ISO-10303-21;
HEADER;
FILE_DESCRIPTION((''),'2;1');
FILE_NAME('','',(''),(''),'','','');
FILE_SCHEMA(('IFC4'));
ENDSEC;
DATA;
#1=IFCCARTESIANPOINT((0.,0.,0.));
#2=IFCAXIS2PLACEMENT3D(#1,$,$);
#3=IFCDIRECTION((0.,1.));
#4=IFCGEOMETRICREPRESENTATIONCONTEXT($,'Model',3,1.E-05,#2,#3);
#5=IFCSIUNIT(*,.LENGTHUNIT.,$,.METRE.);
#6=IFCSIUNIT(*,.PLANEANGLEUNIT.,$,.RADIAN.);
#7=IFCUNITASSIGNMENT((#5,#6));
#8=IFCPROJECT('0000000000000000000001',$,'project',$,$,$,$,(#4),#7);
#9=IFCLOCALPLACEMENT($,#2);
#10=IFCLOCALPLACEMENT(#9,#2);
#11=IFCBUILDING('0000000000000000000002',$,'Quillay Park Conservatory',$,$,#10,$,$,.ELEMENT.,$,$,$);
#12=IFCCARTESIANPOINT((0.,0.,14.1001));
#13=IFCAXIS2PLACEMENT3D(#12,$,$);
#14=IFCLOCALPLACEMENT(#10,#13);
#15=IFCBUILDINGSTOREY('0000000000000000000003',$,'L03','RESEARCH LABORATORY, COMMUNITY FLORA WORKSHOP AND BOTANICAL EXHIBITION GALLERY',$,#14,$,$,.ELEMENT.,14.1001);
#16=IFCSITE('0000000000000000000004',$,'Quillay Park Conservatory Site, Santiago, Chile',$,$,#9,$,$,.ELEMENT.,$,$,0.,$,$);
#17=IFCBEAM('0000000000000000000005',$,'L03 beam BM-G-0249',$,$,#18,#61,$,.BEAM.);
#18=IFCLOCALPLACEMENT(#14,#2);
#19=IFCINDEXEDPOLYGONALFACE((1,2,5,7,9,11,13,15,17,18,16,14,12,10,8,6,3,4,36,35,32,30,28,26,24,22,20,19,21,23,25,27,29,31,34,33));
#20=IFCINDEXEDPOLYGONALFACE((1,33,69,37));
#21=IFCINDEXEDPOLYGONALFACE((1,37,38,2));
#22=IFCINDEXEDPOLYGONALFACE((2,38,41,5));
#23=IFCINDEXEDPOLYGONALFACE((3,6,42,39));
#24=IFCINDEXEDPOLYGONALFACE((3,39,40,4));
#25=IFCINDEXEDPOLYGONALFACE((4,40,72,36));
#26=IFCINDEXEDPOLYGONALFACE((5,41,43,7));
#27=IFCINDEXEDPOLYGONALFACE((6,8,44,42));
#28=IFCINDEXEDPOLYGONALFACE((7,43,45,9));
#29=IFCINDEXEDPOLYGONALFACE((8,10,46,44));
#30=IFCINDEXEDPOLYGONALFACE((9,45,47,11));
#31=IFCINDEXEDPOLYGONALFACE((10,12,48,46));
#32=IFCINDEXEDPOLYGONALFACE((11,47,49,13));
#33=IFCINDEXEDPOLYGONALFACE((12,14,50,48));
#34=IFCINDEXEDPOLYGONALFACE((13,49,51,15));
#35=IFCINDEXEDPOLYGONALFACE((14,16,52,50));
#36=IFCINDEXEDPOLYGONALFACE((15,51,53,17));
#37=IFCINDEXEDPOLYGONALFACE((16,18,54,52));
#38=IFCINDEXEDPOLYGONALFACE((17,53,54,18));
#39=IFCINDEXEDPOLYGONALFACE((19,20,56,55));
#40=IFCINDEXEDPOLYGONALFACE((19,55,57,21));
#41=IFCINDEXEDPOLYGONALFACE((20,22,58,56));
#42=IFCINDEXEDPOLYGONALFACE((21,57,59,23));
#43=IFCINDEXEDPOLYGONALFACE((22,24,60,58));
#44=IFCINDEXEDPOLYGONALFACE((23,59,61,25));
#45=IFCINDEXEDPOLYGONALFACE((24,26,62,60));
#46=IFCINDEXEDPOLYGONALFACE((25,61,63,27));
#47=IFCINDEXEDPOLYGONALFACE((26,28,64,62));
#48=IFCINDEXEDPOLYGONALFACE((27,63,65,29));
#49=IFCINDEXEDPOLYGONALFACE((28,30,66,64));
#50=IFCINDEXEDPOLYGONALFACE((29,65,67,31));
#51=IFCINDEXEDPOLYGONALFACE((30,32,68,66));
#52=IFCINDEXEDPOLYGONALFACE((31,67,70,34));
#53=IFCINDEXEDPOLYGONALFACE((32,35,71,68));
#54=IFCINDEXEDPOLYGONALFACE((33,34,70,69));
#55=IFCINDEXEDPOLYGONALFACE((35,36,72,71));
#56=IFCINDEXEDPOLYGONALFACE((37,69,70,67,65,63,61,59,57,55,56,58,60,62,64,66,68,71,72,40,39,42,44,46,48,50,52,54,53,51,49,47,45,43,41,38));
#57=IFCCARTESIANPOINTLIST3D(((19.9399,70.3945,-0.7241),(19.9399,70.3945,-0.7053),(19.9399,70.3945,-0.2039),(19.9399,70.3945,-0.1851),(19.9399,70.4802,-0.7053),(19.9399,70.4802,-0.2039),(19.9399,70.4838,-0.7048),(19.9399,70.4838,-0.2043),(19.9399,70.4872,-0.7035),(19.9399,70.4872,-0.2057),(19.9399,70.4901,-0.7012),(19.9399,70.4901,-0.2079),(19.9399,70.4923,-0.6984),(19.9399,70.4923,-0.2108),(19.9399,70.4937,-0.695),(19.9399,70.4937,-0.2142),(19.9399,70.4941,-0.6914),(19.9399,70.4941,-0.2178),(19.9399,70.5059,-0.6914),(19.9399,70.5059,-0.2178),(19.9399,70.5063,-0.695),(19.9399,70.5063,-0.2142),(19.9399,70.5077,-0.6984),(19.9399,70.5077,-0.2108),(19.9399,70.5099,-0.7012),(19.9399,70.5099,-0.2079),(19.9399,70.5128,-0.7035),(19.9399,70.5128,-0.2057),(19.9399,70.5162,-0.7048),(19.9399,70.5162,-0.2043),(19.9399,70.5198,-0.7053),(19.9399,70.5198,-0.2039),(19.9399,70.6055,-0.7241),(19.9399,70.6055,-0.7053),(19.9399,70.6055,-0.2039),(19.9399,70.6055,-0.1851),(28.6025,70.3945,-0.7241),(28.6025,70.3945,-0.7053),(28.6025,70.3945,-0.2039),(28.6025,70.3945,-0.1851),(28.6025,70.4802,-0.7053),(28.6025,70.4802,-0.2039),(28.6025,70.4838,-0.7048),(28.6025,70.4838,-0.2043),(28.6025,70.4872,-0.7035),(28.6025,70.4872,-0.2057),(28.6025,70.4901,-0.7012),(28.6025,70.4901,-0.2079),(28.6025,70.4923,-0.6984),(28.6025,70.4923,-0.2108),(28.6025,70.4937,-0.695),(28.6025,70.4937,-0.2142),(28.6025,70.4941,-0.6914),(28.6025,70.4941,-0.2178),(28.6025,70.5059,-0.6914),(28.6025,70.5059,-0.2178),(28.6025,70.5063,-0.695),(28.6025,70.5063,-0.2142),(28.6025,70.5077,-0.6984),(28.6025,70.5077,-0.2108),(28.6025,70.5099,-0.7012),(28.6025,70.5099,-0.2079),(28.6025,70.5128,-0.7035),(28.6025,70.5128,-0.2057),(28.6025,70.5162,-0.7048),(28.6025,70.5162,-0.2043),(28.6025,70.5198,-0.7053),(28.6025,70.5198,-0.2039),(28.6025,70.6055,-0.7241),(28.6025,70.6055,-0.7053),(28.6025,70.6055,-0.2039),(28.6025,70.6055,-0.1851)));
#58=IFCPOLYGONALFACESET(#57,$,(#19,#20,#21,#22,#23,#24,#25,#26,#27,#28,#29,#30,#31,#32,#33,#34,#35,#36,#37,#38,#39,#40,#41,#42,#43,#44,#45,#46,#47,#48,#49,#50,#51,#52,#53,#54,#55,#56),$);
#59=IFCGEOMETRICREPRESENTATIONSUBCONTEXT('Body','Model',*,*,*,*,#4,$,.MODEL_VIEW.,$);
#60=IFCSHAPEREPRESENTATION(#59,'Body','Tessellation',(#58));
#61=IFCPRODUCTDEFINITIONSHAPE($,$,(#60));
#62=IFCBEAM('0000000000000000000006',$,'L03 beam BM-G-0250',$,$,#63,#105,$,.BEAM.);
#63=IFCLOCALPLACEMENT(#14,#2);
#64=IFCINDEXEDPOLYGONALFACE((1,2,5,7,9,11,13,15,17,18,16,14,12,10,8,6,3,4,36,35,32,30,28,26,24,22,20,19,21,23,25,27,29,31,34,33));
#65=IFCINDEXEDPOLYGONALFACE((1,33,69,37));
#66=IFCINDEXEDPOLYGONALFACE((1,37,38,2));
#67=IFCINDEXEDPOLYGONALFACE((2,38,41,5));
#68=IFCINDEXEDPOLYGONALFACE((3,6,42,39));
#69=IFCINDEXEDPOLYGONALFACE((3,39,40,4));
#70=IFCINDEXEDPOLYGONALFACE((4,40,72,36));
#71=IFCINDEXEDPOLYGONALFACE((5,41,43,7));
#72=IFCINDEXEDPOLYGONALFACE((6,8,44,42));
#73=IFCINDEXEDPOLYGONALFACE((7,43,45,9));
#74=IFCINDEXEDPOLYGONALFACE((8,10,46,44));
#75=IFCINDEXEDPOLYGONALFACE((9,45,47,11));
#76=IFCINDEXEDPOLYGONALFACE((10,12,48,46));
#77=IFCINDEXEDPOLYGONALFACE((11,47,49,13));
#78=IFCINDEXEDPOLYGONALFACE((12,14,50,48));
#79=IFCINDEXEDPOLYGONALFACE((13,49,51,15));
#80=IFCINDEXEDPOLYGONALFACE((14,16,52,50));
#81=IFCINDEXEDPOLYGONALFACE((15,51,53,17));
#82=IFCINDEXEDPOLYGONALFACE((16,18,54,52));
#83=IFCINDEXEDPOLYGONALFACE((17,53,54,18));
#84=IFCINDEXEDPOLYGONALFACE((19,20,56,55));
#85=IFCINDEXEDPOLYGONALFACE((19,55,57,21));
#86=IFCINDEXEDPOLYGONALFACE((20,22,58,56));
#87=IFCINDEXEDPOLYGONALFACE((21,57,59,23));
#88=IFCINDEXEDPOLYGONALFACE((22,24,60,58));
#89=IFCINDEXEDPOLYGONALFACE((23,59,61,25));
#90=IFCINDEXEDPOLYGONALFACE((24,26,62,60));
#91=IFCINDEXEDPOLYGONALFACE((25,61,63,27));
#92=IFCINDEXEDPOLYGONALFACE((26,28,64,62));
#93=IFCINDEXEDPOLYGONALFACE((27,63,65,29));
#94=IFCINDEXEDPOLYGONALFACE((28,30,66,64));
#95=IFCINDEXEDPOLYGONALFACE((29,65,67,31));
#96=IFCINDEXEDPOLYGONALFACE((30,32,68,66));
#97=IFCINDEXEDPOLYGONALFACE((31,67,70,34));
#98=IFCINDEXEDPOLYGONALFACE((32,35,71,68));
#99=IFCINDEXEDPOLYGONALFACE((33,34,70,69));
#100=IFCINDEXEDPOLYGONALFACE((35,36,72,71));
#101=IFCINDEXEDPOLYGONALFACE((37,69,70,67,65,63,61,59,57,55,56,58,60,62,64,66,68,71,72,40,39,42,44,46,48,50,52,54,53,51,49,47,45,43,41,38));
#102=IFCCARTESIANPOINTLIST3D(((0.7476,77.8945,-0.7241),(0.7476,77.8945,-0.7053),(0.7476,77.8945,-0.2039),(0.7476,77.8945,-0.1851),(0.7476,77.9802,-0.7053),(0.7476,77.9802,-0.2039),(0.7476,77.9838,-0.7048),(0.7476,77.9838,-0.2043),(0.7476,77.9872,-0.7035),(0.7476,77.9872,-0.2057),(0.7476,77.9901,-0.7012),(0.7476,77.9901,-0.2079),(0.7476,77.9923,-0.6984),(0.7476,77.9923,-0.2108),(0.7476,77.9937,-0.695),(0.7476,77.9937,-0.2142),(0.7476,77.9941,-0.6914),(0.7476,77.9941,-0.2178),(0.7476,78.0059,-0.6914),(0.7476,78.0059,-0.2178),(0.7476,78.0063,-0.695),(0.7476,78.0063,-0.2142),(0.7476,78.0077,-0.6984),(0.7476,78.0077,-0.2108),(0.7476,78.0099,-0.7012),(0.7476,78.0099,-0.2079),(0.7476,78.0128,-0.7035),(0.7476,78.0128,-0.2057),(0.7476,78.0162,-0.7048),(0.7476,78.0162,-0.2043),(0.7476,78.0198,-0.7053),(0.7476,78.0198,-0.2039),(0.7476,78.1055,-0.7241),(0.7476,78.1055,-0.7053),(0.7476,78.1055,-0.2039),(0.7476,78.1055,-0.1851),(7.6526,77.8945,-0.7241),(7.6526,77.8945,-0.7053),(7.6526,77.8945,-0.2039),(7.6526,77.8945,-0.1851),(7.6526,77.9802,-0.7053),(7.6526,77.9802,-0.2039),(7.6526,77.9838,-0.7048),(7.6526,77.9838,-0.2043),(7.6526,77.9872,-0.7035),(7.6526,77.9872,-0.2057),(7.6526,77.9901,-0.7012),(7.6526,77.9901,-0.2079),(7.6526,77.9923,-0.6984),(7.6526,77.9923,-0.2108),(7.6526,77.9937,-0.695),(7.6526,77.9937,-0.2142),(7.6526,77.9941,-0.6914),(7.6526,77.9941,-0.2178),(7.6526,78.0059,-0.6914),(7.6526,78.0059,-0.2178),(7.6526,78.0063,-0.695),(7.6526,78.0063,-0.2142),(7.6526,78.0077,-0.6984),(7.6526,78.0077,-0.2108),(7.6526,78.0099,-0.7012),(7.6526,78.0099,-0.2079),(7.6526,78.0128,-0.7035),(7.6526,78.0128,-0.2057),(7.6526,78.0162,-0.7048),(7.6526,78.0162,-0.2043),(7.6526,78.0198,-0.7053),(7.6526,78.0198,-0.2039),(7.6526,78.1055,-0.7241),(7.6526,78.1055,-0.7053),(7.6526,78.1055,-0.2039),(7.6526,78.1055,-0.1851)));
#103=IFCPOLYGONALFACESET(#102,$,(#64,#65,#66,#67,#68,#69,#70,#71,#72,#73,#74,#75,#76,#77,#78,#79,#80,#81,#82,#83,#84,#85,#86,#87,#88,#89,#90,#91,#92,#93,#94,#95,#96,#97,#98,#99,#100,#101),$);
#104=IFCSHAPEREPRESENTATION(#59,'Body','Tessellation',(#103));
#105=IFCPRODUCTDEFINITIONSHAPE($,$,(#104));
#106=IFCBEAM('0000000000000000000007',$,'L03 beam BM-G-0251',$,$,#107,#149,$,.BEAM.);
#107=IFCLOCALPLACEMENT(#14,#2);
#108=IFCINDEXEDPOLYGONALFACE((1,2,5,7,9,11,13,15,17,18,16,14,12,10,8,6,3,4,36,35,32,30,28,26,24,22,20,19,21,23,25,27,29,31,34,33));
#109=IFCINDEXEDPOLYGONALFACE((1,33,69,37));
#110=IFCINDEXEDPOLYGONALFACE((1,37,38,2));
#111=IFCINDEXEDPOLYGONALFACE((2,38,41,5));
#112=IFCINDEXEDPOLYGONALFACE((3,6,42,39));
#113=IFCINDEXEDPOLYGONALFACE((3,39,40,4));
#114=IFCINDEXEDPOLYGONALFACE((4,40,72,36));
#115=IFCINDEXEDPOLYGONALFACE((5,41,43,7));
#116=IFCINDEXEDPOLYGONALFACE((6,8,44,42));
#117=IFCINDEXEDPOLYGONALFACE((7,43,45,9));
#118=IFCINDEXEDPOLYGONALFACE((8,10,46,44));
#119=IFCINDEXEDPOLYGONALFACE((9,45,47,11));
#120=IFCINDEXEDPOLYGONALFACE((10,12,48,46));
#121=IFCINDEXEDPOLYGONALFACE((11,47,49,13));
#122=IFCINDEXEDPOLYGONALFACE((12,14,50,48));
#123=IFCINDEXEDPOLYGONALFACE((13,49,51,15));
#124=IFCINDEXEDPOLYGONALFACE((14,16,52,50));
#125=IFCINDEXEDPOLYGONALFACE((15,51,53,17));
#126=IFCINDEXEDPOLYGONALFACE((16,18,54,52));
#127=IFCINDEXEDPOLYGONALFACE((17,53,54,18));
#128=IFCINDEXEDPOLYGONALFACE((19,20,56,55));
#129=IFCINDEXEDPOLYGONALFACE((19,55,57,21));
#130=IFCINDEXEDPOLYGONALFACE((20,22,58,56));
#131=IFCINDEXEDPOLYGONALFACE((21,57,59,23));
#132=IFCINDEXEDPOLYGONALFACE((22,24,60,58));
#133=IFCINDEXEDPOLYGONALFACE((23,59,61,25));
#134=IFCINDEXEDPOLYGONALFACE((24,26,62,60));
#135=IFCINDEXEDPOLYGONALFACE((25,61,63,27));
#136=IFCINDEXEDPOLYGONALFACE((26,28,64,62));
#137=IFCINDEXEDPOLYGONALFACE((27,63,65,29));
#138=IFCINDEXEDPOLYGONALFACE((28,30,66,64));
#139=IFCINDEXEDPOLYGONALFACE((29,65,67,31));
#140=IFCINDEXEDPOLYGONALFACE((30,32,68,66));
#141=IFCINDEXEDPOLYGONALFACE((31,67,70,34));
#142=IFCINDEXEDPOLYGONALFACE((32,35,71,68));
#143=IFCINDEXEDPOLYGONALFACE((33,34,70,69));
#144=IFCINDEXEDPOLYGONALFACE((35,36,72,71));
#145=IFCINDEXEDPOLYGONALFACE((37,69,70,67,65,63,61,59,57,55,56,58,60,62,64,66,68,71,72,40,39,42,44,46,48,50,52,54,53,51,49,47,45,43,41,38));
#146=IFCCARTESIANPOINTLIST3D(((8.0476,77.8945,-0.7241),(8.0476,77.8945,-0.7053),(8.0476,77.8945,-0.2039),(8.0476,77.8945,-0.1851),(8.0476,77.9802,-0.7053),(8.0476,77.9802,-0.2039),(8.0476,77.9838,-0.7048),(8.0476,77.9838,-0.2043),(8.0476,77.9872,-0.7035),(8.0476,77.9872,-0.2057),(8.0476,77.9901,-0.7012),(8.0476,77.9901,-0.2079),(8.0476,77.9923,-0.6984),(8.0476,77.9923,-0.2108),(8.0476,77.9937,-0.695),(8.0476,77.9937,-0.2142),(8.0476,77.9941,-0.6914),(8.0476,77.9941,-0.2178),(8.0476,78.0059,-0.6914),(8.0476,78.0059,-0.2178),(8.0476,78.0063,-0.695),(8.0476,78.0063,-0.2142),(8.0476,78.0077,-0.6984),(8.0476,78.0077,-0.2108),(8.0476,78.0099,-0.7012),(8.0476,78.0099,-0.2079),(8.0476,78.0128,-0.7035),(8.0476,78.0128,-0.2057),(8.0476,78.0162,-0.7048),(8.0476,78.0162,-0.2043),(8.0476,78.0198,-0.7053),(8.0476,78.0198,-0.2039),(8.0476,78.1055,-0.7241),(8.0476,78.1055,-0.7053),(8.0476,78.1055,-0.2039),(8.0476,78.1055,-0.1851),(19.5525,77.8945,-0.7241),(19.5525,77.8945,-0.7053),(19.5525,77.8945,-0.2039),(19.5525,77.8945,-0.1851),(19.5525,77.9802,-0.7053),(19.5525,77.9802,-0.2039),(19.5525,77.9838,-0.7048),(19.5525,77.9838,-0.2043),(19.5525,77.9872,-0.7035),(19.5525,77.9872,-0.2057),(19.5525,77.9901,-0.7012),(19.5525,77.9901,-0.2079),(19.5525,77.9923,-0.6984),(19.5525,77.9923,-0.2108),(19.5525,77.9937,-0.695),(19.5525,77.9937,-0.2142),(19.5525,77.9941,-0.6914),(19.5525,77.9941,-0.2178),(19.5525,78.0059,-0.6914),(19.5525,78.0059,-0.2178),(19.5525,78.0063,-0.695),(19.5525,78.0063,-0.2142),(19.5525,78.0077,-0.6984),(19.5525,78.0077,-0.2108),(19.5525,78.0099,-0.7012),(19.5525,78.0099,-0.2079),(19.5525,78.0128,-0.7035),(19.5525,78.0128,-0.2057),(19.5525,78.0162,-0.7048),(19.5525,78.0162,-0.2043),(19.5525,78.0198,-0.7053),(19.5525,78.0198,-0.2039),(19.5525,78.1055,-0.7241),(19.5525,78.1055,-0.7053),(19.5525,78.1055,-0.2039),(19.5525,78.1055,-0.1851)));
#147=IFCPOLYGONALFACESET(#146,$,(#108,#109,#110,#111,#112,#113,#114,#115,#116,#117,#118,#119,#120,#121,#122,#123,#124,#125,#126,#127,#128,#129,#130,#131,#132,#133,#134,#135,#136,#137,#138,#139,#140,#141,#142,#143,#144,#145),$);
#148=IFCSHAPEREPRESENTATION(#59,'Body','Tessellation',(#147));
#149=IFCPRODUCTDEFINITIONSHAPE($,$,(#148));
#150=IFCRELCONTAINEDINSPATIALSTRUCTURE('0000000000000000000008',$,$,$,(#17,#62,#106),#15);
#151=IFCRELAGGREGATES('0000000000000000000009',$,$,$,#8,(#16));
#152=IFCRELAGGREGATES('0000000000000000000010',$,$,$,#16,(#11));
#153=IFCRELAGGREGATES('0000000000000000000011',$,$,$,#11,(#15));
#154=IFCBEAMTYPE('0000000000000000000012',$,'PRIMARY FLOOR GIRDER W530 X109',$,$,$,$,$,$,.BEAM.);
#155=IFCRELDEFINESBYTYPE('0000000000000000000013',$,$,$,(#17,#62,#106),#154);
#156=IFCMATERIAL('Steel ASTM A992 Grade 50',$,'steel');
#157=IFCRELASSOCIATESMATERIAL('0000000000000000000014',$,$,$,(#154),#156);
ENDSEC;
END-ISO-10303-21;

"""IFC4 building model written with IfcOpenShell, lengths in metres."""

from ifc_helpers import new_model, si_unit, direction, frame, origin, origin_2d, place, context, subcontext, project, spatial, i_section, extrude, material, material_profile, profile_set, type_object, element, save


model = new_model("IFC4")

# Units and contexts
model_context = context("Model", 3, precision=1e-05, world=origin(), true_north=direction((0.0, 1.0)))
body_context = subcontext(model_context, "Body", "Model", "MODEL_VIEW")
ifc_project = project(units=[si_unit("LENGTHUNIT", "METRE"), si_unit("PLANEANGLEUNIT", "RADIAN")], contexts=[model_context])

# Site, building, storey
site_placement = place(None, origin())
site = spatial("IfcSite", under=ifc_project, at=site_placement, Name="Quillay Park Conservatory Site, Santiago, Chile", CompositionType="ELEMENT", RefElevation=0.0)
building_placement = place(site_placement, origin())
building = spatial("IfcBuilding", under=site, at=building_placement, Name="Quillay Park Conservatory", CompositionType="ELEMENT")
storey_placement = place(building_placement, frame((0.0, 0.0, 14.1001)))
storey = spatial("IfcBuildingStorey", under=building, at=storey_placement, Name="L03", Description="RESEARCH LABORATORY, COMMUNITY FLORA WORKSHOP AND BOTANICAL EXHIBITION GALLERY", CompositionType="ELEMENT", Elevation=14.1001)

# Beams
ifc_material_1 = material(Name="Steel ASTM A992 Grade 50", Category="steel")
ifc_material_profile_1 = material_profile(ifc_material_1, i_section(OverallWidth=0.2109, OverallDepth=0.5391, WebThickness=0.0117, FlangeThickness=0.0188, FilletRadius=0.0139, at=origin_2d()), Name="W530x109")
ifc_profile_set_1 = profile_set([ifc_material_profile_1], Name="Steel ASTM A992 Grade 50")
beam_type_1 = type_object("IfcBeamType", Name="PRIMARY FLOOR GIRDER W530 X109", PredefinedType="BEAM", material=ifc_profile_set_1)
beam_1_placement = place(storey_placement, frame((19.9399, 70.5, -0.4546), z_axis=(1.0, 0.0, 0.0), x_axis=(0.0, 1.0, 0.0)))
element("IfcBeam", 1, at=beam_1_placement, inside=storey, type_object=beam_type_1, Name="L03 beam BM-G-0249", PredefinedType="BEAM", context=body_context, shape_type="SweptSolid", body=[
    extrude(i_section(OverallWidth=0.2109, OverallDepth=0.5391, WebThickness=0.0117, FlangeThickness=0.0188, FilletRadius=0.0139, at=origin_2d()), origin(), (0.0, 0.0, 1.0), 8.6626),
])
beam_2_placement = place(storey_placement, frame((0.7476, 78.0, -0.4546), z_axis=(1.0, 0.0, 0.0), x_axis=(0.0, 1.0, 0.0)))
element("IfcBeam", 2, at=beam_2_placement, inside=storey, type_object=beam_type_1, Name="L03 beam BM-G-0250", PredefinedType="BEAM", context=body_context, shape_type="SweptSolid", body=[
    extrude(i_section(OverallWidth=0.2109, OverallDepth=0.5391, WebThickness=0.0117, FlangeThickness=0.0188, FilletRadius=0.0139, at=origin_2d()), origin(), (0.0, 0.0, 1.0), 6.905),
])
beam_3_placement = place(storey_placement, frame((8.0476, 78.0, -0.4546), z_axis=(1.0, 0.0, 0.0), x_axis=(0.0, 1.0, 0.0)))
element("IfcBeam", 3, at=beam_3_placement, inside=storey, type_object=beam_type_1, Name="L03 beam BM-G-0251", PredefinedType="BEAM", context=body_context, shape_type="SweptSolid", body=[
    extrude(i_section(OverallWidth=0.2109, OverallDepth=0.5391, WebThickness=0.0117, FlangeThickness=0.0188, FilletRadius=0.0139, at=origin_2d()), origin(), (0.0, 0.0, 1.0), 11.5049),
])

save(model, "model.ifc")
